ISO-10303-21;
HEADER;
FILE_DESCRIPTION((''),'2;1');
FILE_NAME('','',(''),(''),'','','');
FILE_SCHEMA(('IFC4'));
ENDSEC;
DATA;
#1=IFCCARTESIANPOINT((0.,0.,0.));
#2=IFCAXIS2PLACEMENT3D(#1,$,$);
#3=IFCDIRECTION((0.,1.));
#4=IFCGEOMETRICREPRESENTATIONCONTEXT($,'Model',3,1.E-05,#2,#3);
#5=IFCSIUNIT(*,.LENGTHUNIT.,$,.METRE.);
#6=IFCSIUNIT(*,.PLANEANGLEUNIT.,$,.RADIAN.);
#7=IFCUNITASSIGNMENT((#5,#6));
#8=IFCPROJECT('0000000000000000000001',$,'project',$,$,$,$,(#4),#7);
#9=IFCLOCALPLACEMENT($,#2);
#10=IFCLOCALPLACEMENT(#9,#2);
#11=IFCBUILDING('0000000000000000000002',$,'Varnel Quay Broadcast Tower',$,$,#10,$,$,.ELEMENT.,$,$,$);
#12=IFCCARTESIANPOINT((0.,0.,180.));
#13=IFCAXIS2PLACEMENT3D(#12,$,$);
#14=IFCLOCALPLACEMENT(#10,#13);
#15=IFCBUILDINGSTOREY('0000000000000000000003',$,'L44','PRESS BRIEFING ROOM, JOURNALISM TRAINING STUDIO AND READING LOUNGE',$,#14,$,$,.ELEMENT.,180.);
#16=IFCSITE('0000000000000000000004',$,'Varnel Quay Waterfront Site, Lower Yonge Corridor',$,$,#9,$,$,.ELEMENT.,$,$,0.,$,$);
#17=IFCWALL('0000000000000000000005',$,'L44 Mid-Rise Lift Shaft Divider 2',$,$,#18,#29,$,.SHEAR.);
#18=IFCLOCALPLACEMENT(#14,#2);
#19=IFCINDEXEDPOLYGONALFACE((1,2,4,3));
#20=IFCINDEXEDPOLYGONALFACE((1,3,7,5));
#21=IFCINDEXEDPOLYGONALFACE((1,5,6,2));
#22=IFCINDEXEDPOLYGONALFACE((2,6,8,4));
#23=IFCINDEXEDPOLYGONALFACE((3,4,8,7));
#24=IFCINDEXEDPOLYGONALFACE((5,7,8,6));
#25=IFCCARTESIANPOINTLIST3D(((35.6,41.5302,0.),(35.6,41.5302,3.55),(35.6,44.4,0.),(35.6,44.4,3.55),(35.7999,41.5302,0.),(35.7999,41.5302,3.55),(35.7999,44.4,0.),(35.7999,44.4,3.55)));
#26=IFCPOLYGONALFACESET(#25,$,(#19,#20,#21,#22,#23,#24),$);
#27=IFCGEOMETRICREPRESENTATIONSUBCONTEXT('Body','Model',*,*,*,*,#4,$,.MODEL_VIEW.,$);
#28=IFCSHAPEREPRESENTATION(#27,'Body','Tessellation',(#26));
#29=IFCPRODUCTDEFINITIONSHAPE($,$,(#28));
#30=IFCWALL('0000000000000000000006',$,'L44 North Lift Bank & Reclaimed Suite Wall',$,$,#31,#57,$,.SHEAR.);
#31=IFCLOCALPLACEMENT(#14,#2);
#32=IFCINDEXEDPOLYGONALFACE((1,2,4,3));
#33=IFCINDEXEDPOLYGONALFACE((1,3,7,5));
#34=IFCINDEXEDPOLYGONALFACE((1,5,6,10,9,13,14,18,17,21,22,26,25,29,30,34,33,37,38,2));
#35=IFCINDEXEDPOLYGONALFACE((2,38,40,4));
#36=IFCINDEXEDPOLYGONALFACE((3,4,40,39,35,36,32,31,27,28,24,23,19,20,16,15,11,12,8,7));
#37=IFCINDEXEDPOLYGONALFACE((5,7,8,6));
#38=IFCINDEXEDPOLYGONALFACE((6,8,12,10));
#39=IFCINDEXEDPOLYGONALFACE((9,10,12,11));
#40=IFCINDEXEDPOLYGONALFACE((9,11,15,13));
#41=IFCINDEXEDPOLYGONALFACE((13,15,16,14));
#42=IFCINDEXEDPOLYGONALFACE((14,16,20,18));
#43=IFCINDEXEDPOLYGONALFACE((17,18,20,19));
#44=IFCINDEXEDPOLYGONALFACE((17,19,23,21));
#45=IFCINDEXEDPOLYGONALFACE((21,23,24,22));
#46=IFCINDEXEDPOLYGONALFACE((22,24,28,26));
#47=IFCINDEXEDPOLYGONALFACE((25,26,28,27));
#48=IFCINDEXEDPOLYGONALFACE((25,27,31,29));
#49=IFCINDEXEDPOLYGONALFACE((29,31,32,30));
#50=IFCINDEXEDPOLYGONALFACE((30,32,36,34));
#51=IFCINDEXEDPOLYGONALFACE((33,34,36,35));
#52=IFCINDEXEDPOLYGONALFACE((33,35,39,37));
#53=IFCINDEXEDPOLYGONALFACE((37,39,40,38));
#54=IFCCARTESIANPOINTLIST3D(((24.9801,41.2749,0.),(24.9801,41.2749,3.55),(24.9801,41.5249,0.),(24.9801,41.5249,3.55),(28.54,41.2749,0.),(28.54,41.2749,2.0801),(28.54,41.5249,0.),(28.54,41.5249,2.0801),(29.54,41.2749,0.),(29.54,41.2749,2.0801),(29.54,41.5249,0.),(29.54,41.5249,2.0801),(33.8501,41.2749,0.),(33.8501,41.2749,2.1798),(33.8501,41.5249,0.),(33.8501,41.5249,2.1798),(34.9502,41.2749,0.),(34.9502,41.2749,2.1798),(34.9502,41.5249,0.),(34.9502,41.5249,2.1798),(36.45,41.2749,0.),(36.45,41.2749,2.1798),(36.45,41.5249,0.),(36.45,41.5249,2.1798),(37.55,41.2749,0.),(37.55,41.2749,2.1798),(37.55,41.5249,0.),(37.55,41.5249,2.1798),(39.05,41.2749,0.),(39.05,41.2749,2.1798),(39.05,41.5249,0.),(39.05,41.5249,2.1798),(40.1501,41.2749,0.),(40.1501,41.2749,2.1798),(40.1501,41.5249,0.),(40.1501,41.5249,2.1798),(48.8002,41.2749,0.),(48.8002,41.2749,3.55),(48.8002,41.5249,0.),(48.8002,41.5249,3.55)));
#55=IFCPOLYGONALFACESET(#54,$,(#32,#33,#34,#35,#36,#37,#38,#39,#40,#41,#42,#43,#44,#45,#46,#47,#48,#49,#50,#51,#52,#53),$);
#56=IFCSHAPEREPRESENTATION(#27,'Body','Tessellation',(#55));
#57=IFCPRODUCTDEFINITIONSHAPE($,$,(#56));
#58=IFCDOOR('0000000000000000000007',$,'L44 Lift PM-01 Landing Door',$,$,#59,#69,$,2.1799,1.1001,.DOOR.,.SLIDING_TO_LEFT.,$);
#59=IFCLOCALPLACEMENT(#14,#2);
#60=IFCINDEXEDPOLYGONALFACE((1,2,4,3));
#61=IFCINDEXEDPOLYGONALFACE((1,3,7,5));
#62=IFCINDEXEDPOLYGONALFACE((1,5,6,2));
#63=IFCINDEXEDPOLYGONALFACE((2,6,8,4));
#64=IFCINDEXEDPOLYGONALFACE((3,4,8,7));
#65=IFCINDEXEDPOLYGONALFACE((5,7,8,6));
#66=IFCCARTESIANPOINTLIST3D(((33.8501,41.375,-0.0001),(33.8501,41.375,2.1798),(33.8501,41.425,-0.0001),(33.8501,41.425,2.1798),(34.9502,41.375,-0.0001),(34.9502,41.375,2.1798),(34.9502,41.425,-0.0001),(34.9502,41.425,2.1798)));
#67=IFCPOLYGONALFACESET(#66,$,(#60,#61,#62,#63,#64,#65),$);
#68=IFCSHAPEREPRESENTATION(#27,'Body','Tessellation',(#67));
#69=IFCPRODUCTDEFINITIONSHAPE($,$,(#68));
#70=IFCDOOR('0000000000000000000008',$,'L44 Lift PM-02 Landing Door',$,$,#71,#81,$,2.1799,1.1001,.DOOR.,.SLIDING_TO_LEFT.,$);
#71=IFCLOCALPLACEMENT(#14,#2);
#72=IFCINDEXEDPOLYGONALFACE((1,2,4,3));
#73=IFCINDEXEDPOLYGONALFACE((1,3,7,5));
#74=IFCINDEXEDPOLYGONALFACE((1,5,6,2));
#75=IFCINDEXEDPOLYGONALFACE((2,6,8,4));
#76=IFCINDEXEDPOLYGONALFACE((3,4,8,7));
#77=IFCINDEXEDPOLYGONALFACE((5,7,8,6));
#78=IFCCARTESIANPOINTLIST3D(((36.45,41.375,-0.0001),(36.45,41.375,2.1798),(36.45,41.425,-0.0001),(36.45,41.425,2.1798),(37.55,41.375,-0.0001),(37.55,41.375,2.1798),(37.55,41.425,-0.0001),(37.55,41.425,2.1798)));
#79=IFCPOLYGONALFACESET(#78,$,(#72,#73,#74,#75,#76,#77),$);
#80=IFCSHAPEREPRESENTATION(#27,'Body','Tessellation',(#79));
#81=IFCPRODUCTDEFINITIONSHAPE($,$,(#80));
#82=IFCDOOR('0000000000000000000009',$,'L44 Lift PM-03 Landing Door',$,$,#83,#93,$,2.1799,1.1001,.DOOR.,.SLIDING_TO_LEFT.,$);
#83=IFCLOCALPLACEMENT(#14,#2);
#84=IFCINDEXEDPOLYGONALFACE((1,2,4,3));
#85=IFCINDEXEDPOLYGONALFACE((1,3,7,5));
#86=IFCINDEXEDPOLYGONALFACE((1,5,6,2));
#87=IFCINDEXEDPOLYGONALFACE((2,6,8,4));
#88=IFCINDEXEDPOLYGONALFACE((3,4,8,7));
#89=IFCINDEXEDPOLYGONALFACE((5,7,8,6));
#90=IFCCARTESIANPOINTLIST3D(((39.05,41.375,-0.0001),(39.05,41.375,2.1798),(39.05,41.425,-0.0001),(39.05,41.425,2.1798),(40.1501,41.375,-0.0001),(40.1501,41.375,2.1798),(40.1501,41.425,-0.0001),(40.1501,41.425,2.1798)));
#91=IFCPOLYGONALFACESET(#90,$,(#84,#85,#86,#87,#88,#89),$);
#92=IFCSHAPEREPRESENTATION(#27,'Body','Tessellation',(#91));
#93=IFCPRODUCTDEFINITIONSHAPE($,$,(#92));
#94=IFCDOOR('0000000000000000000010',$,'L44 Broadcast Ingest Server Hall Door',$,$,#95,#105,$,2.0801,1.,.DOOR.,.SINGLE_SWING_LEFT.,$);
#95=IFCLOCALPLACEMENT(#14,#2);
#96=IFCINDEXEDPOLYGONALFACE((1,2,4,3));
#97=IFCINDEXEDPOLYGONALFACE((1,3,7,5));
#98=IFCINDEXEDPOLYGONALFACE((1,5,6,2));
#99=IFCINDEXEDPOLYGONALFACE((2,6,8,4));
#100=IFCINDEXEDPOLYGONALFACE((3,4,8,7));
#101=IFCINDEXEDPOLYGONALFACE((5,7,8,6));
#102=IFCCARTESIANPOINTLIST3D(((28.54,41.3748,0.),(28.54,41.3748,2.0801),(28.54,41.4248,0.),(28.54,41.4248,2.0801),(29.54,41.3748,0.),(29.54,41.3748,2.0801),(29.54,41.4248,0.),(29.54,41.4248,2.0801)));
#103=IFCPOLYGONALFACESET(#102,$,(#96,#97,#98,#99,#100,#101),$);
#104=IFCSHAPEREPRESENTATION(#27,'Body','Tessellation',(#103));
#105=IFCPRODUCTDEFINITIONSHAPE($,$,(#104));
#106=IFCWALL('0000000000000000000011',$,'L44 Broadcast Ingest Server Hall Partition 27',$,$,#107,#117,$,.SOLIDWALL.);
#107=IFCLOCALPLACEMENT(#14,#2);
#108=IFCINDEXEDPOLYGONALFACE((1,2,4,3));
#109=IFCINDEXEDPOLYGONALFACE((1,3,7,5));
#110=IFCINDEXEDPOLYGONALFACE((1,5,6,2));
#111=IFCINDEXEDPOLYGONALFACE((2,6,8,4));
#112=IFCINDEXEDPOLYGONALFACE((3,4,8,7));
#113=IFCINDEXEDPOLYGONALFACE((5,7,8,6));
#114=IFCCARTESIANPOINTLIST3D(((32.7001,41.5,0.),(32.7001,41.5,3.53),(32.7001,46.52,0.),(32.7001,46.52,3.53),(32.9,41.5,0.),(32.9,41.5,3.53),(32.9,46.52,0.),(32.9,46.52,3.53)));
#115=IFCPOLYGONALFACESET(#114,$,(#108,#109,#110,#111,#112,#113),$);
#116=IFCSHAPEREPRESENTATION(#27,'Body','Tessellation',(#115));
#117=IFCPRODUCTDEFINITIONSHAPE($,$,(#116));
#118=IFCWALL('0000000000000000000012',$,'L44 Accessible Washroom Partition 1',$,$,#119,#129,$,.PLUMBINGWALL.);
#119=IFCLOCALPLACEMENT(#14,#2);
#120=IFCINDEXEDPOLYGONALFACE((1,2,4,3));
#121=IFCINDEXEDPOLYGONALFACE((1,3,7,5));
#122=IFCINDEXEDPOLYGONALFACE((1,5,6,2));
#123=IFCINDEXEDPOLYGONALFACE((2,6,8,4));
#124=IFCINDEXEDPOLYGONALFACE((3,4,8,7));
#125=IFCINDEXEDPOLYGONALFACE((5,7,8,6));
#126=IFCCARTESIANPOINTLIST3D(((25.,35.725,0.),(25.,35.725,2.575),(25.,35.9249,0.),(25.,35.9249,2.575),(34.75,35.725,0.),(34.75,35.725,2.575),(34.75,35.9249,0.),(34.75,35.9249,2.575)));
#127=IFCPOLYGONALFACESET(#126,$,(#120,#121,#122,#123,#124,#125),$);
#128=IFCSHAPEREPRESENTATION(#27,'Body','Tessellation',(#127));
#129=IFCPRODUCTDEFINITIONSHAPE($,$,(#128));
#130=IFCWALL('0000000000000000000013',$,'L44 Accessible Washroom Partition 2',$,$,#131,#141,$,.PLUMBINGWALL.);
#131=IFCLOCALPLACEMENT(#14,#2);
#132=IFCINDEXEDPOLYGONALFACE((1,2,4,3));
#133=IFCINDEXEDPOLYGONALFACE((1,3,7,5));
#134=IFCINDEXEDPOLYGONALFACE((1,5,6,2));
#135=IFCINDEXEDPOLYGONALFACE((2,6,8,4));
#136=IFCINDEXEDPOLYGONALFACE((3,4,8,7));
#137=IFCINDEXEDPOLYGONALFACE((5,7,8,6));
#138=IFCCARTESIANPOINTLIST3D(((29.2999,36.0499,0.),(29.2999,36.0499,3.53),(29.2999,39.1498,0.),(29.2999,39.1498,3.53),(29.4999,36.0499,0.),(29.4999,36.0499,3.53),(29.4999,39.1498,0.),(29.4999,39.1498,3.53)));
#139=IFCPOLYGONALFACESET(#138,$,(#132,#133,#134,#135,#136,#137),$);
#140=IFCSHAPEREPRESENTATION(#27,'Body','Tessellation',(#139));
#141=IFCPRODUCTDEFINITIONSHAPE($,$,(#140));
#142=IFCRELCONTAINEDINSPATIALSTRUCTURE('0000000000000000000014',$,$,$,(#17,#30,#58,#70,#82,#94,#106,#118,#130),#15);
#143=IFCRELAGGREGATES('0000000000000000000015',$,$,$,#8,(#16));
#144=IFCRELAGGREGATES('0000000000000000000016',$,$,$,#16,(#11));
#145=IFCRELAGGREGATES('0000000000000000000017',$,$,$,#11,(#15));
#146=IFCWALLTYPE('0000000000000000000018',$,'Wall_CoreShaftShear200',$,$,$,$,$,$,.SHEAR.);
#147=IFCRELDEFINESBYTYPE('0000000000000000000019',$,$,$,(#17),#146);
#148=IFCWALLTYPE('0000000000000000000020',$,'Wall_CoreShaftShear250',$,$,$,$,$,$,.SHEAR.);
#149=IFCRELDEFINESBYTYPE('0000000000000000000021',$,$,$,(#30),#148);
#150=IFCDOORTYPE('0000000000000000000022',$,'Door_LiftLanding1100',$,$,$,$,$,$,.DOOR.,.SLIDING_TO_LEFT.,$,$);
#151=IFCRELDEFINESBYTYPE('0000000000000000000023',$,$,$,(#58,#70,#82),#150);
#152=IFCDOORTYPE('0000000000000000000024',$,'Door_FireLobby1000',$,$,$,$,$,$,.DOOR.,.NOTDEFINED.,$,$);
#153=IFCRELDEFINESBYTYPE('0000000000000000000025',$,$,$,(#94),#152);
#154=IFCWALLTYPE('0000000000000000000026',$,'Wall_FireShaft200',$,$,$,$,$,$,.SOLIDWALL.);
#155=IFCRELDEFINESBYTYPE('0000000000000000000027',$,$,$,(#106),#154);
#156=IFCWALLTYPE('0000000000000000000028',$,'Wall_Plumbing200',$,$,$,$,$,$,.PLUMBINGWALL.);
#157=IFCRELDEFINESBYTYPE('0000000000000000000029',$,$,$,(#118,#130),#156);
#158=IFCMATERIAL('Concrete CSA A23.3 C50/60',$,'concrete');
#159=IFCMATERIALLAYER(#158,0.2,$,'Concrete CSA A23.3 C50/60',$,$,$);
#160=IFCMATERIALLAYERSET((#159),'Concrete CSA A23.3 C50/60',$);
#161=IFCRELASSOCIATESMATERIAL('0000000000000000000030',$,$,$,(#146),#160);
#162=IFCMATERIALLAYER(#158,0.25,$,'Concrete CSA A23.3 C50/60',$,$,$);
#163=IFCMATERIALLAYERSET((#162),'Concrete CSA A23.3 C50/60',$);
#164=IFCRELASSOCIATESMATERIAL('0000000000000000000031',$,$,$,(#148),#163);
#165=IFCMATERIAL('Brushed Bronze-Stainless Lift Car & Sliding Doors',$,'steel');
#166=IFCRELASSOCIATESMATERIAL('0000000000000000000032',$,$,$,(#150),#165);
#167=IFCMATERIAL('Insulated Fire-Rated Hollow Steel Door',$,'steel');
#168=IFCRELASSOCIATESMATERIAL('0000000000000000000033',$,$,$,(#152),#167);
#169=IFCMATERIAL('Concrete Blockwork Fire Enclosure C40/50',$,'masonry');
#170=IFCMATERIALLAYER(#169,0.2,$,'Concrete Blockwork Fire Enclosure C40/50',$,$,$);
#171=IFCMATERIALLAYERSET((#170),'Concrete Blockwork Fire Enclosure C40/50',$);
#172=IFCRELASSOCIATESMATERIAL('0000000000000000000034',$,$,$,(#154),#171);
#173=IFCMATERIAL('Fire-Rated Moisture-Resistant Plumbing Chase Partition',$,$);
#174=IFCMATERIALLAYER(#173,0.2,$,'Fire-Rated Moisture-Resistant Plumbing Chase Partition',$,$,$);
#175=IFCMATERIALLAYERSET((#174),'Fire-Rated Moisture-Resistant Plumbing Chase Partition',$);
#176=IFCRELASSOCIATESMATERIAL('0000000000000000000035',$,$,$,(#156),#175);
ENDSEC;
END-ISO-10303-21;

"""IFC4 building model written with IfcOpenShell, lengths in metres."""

from ifc_helpers import new_model, si_unit, direction, frame, frame_2d, origin, place, context, subcontext, project, spatial, rectangle, extrude, source, transform, mapped, material, layer, layer_set, type_object, type_shapes, element, fill, save


model = new_model("IFC4")

# Units and contexts
model_context = context("Model", 3, precision=1e-05, world=origin(), true_north=direction((0.0, 1.0)))
body_context = subcontext(model_context, "Body", "Model", "MODEL_VIEW")
ifc_project = project(units=[si_unit("LENGTHUNIT", "METRE"), si_unit("PLANEANGLEUNIT", "RADIAN")], contexts=[model_context])

# Site, building, storey
site_placement = place(None, origin())
site = spatial("IfcSite", under=ifc_project, at=site_placement, Name="Varnel Quay Waterfront Site, Lower Yonge Corridor", CompositionType="ELEMENT", RefElevation=0.0)
building_placement = place(site_placement, origin())
building = spatial("IfcBuilding", under=site, at=building_placement, Name="Varnel Quay Broadcast Tower", CompositionType="ELEMENT")
storey_placement = place(building_placement, frame((0.0, 0.0, 180.0)))
storey = spatial("IfcBuildingStorey", under=building, at=storey_placement, Name="L44", Description="PRESS BRIEFING ROOM, JOURNALISM TRAINING STUDIO AND READING LOUNGE", CompositionType="ELEMENT", Elevation=180.0)

# Shared definitions
ifc_material_1 = material(Name="Concrete CSA A23.3 C50/60", Category="concrete")

# Wall
ifc_layer_1 = layer(ifc_material_1, 0.2, Name="Concrete CSA A23.3 C50/60")
ifc_layer_set_1 = layer_set([ifc_layer_1], Name="Concrete CSA A23.3 C50/60")
wall_type_1 = type_object("IfcWallType", Name="Wall_CoreShaftShear200", PredefinedType="SHEAR", material=ifc_layer_set_1)
wall_1_placement = place(storey_placement, frame((35.7, 41.53, 0.0), z_axis=(0.0, 0.0, 1.0), x_axis=(0.0, 1.0, 0.0)))
element("IfcWall", 1, at=wall_1_placement, inside=storey, type_object=wall_type_1, Name="L44 Mid-Rise Lift Shaft Divider 2", PredefinedType="SHEAR", context=body_context, shape_type="SweptSolid", body=[
    extrude(rectangle(XDim=2.8699, YDim=0.2, at=frame_2d((1.4351, 0.0))), origin(), (0.0, 0.0, 1.0), 3.55),
])

# Wall, openings, doors
ifc_layer_2 = layer(ifc_material_1, 0.25, Name="Concrete CSA A23.3 C50/60")
ifc_layer_set_2 = layer_set([ifc_layer_2], Name="Concrete CSA A23.3 C50/60")
wall_type_2 = type_object("IfcWallType", Name="Wall_CoreShaftShear250", PredefinedType="SHEAR", material=ifc_layer_set_2)
wall_2_placement = place(storey_placement, frame((24.98, 41.3999, 0.0), z_axis=(0.0, 0.0, 1.0), x_axis=(1.0, 0.0, 0.0)))
wall_2 = element("IfcWall", 2, at=wall_2_placement, inside=storey, type_object=wall_type_2, Name="L44 North Lift Bank & Reclaimed Suite Wall", PredefinedType="SHEAR", context=body_context, shape_type="SweptSolid", body=[
    extrude(rectangle(XDim=23.8201, YDim=0.25, at=frame_2d((11.9102, 0.0))), origin(), (0.0, 0.0, 1.0), 3.55),
])
opening_1_placement = place(wall_2_placement, frame((8.8701, 0.0, 0.0)))
opening_1 = element("IfcOpeningElement", 3, at=opening_1_placement, cuts=wall_2, PredefinedType="OPENING", context=body_context, shape_type="SweptSolid", body=[
    extrude(rectangle(XDim=1.1001, YDim=2.1799, at=frame_2d((0.55, 1.0898))), frame((0.0, 0.135, 0.0), z_axis=(0.0, -1.0, 0.0), x_axis=(1.0, 0.0, 0.0)), (0.0, 0.0, 1.0), 0.27),
])
opening_2_placement = place(wall_2_placement, frame((11.47, 0.0, 0.0)))
opening_2 = element("IfcOpeningElement", 4, at=opening_2_placement, cuts=wall_2, PredefinedType="OPENING", context=body_context, shape_type="SweptSolid", body=[
    extrude(rectangle(XDim=1.1001, YDim=2.1799, at=frame_2d((0.55, 1.0898))), frame((0.0, 0.135, 0.0), z_axis=(0.0, -1.0, 0.0), x_axis=(1.0, 0.0, 0.0)), (0.0, 0.0, 1.0), 0.27),
])
opening_3_placement = place(wall_2_placement, frame((14.0701, 0.0, 0.0)))
opening_3 = element("IfcOpeningElement", 5, at=opening_3_placement, cuts=wall_2, PredefinedType="OPENING", context=body_context, shape_type="SweptSolid", body=[
    extrude(rectangle(XDim=1.1001, YDim=2.1799, at=frame_2d((0.55, 1.0898))), frame((0.0, 0.135, 0.0), z_axis=(0.0, -1.0, 0.0), x_axis=(1.0, 0.0, 0.0)), (0.0, 0.0, 1.0), 0.27),
])
opening_4_placement = place(wall_2_placement, frame((3.5601, 0.0, 0.0)))
opening_4 = element("IfcOpeningElement", 6, at=opening_4_placement, cuts=wall_2, PredefinedType="OPENING", context=body_context, shape_type="SweptSolid", body=[
    extrude(rectangle(XDim=1.0, YDim=2.0801, at=frame_2d((0.5, 1.04))), frame((0.0, 0.135, 0.0), z_axis=(0.0, -1.0, 0.0), x_axis=(1.0, 0.0, 0.0)), (0.0, 0.0, 1.0), 0.27),
])
ifc_material_2 = material(Name="Brushed Bronze-Stainless Lift Car & Sliding Doors", Category="steel")
door_type_1 = type_object("IfcDoorType", Name="Door_LiftLanding1100", OperationType="SLIDING_TO_LEFT", PredefinedType="DOOR", material=ifc_material_2)
shared_shape_1 = source(origin(), body_context, "Body", "SweptSolid", [
    extrude(rectangle(XDim=1.1001, YDim=2.1799, at=frame_2d((0.55, 1.0898))), frame((0.0, 0.0249, 0.0), z_axis=(0.0, -1.0, 0.0), x_axis=(1.0, 0.0, 0.0)), (0.0, 0.0, 1.0), 0.05),
])
type_shapes(door_type_1, [shared_shape_1])
door_1_placement = place(opening_1_placement, frame((1.1001, 0.0, 0.0), z_axis=(0.0, 0.0, 1.0), x_axis=(-1.0, 0.0, 0.0)))
door_1 = element("IfcDoor", 7, at=door_1_placement, inside=storey, type_object=door_type_1, Name="L44 Lift PM-01 Landing Door", OperationType="SLIDING_TO_LEFT", OverallHeight=2.1799, OverallWidth=1.1001, PredefinedType="DOOR", context=body_context, shape_type="MappedRepresentation", body=[
    mapped(shared_shape_1, transform((0.0, 0.0, 0.0), x_axis=(1.0, 0.0, 0.0), y_axis=(0.0, 1.0, 0.0), z_axis=(0.0, 0.0, 1.0), scale=1.0)),
])
fill(opening_1, door_1)
door_2_placement = place(opening_2_placement, frame((1.1001, 0.0, 0.0), z_axis=(0.0, 0.0, 1.0), x_axis=(-1.0, 0.0, 0.0)))
door_2 = element("IfcDoor", 8, at=door_2_placement, inside=storey, type_object=door_type_1, Name="L44 Lift PM-02 Landing Door", OperationType="SLIDING_TO_LEFT", OverallHeight=2.1799, OverallWidth=1.1001, PredefinedType="DOOR", context=body_context, shape_type="MappedRepresentation", body=[
    mapped(shared_shape_1, transform((0.0, 0.0, 0.0), x_axis=(1.0, 0.0, 0.0), y_axis=(0.0, 1.0, 0.0), z_axis=(0.0, 0.0, 1.0), scale=1.0)),
])
fill(opening_2, door_2)
door_3_placement = place(opening_3_placement, frame((1.1001, 0.0, 0.0), z_axis=(0.0, 0.0, 1.0), x_axis=(-1.0, 0.0, 0.0)))
door_3 = element("IfcDoor", 9, at=door_3_placement, inside=storey, type_object=door_type_1, Name="L44 Lift PM-03 Landing Door", OperationType="SLIDING_TO_LEFT", OverallHeight=2.1799, OverallWidth=1.1001, PredefinedType="DOOR", context=body_context, shape_type="MappedRepresentation", body=[
    mapped(shared_shape_1, transform((0.0, 0.0, 0.0), x_axis=(1.0, 0.0, 0.0), y_axis=(0.0, 1.0, 0.0), z_axis=(0.0, 0.0, 1.0), scale=1.0)),
])
fill(opening_3, door_3)
ifc_material_3 = material(Name="Insulated Fire-Rated Hollow Steel Door", Category="steel")
door_type_2 = type_object("IfcDoorType", Name="Door_FireLobby1000", OperationType="NOTDEFINED", PredefinedType="DOOR", material=ifc_material_3)
shared_shape_2 = source(origin(), body_context, "Body", "SweptSolid", [
    extrude(rectangle(XDim=1.0, YDim=2.0801, at=frame_2d((0.5, 1.04))), frame((0.0, 0.0249, 0.0), z_axis=(0.0, -1.0, 0.0), x_axis=(1.0, 0.0, 0.0)), (0.0, 0.0, 1.0), 0.05),
])
type_shapes(door_type_2, [shared_shape_2])
door_4_placement = place(opening_4_placement, origin())
door_4 = element("IfcDoor", 10, at=door_4_placement, inside=storey, type_object=door_type_2, Name="L44 Broadcast Ingest Server Hall Door", OperationType="SINGLE_SWING_LEFT", OverallHeight=2.0801, OverallWidth=1.0, PredefinedType="DOOR", context=body_context, shape_type="MappedRepresentation", body=[
    mapped(shared_shape_2, transform((0.0, 0.0, 0.0), x_axis=(1.0, 0.0, 0.0), y_axis=(0.0, 1.0, 0.0), z_axis=(0.0, 0.0, 1.0), scale=1.0)),
])
fill(opening_4, door_4)

# Walls
ifc_material_4 = material(Name="Concrete Blockwork Fire Enclosure C40/50", Category="masonry")
ifc_layer_3 = layer(ifc_material_4, 0.2, Name="Concrete Blockwork Fire Enclosure C40/50")
ifc_layer_set_3 = layer_set([ifc_layer_3], Name="Concrete Blockwork Fire Enclosure C40/50")
wall_type_3 = type_object("IfcWallType", Name="Wall_FireShaft200", PredefinedType="SOLIDWALL", material=ifc_layer_set_3)
wall_3_placement = place(storey_placement, frame((32.8, 41.5, 0.0), z_axis=(0.0, 0.0, 1.0), x_axis=(0.0, 1.0, 0.0)))
element("IfcWall", 11, at=wall_3_placement, inside=storey, type_object=wall_type_3, Name="L44 Broadcast Ingest Server Hall Partition 27", PredefinedType="SOLIDWALL", context=body_context, shape_type="SweptSolid", body=[
    extrude(rectangle(XDim=5.02, YDim=0.2, at=frame_2d((2.51, 0.0))), origin(), (0.0, 0.0, 1.0), 3.53),
])
ifc_material_5 = material(Name="Fire-Rated Moisture-Resistant Plumbing Chase Partition")
ifc_layer_4 = layer(ifc_material_5, 0.2, Name="Fire-Rated Moisture-Resistant Plumbing Chase Partition")
ifc_layer_set_4 = layer_set([ifc_layer_4], Name="Fire-Rated Moisture-Resistant Plumbing Chase Partition")
wall_type_4 = type_object("IfcWallType", Name="Wall_Plumbing200", PredefinedType="PLUMBINGWALL", material=ifc_layer_set_4)
wall_4_placement = place(storey_placement, frame((25.0, 35.825, 0.0), z_axis=(0.0, 0.0, 1.0), x_axis=(1.0, 0.0, 0.0)))
element("IfcWall", 12, at=wall_4_placement, inside=storey, type_object=wall_type_4, Name="L44 Accessible Washroom Partition 1", PredefinedType="PLUMBINGWALL", context=body_context, shape_type="SweptSolid", body=[
    extrude(rectangle(XDim=9.75, YDim=0.2, at=frame_2d((4.875, 0.0))), origin(), (0.0, 0.0, 1.0), 2.575),
])
wall_5_placement = place(storey_placement, frame((29.3999, 36.05, 0.0), z_axis=(0.0, 0.0, 1.0), x_axis=(0.0, 1.0, 0.0)))
element("IfcWall", 13, at=wall_5_placement, inside=storey, type_object=wall_type_4, Name="L44 Accessible Washroom Partition 2", PredefinedType="PLUMBINGWALL", context=body_context, shape_type="SweptSolid", body=[
    extrude(rectangle(XDim=3.0999, YDim=0.2, at=frame_2d((1.5498, 0.0))), origin(), (0.0, 0.0, 1.0), 3.53),
])

save(model, "model.ifc")
